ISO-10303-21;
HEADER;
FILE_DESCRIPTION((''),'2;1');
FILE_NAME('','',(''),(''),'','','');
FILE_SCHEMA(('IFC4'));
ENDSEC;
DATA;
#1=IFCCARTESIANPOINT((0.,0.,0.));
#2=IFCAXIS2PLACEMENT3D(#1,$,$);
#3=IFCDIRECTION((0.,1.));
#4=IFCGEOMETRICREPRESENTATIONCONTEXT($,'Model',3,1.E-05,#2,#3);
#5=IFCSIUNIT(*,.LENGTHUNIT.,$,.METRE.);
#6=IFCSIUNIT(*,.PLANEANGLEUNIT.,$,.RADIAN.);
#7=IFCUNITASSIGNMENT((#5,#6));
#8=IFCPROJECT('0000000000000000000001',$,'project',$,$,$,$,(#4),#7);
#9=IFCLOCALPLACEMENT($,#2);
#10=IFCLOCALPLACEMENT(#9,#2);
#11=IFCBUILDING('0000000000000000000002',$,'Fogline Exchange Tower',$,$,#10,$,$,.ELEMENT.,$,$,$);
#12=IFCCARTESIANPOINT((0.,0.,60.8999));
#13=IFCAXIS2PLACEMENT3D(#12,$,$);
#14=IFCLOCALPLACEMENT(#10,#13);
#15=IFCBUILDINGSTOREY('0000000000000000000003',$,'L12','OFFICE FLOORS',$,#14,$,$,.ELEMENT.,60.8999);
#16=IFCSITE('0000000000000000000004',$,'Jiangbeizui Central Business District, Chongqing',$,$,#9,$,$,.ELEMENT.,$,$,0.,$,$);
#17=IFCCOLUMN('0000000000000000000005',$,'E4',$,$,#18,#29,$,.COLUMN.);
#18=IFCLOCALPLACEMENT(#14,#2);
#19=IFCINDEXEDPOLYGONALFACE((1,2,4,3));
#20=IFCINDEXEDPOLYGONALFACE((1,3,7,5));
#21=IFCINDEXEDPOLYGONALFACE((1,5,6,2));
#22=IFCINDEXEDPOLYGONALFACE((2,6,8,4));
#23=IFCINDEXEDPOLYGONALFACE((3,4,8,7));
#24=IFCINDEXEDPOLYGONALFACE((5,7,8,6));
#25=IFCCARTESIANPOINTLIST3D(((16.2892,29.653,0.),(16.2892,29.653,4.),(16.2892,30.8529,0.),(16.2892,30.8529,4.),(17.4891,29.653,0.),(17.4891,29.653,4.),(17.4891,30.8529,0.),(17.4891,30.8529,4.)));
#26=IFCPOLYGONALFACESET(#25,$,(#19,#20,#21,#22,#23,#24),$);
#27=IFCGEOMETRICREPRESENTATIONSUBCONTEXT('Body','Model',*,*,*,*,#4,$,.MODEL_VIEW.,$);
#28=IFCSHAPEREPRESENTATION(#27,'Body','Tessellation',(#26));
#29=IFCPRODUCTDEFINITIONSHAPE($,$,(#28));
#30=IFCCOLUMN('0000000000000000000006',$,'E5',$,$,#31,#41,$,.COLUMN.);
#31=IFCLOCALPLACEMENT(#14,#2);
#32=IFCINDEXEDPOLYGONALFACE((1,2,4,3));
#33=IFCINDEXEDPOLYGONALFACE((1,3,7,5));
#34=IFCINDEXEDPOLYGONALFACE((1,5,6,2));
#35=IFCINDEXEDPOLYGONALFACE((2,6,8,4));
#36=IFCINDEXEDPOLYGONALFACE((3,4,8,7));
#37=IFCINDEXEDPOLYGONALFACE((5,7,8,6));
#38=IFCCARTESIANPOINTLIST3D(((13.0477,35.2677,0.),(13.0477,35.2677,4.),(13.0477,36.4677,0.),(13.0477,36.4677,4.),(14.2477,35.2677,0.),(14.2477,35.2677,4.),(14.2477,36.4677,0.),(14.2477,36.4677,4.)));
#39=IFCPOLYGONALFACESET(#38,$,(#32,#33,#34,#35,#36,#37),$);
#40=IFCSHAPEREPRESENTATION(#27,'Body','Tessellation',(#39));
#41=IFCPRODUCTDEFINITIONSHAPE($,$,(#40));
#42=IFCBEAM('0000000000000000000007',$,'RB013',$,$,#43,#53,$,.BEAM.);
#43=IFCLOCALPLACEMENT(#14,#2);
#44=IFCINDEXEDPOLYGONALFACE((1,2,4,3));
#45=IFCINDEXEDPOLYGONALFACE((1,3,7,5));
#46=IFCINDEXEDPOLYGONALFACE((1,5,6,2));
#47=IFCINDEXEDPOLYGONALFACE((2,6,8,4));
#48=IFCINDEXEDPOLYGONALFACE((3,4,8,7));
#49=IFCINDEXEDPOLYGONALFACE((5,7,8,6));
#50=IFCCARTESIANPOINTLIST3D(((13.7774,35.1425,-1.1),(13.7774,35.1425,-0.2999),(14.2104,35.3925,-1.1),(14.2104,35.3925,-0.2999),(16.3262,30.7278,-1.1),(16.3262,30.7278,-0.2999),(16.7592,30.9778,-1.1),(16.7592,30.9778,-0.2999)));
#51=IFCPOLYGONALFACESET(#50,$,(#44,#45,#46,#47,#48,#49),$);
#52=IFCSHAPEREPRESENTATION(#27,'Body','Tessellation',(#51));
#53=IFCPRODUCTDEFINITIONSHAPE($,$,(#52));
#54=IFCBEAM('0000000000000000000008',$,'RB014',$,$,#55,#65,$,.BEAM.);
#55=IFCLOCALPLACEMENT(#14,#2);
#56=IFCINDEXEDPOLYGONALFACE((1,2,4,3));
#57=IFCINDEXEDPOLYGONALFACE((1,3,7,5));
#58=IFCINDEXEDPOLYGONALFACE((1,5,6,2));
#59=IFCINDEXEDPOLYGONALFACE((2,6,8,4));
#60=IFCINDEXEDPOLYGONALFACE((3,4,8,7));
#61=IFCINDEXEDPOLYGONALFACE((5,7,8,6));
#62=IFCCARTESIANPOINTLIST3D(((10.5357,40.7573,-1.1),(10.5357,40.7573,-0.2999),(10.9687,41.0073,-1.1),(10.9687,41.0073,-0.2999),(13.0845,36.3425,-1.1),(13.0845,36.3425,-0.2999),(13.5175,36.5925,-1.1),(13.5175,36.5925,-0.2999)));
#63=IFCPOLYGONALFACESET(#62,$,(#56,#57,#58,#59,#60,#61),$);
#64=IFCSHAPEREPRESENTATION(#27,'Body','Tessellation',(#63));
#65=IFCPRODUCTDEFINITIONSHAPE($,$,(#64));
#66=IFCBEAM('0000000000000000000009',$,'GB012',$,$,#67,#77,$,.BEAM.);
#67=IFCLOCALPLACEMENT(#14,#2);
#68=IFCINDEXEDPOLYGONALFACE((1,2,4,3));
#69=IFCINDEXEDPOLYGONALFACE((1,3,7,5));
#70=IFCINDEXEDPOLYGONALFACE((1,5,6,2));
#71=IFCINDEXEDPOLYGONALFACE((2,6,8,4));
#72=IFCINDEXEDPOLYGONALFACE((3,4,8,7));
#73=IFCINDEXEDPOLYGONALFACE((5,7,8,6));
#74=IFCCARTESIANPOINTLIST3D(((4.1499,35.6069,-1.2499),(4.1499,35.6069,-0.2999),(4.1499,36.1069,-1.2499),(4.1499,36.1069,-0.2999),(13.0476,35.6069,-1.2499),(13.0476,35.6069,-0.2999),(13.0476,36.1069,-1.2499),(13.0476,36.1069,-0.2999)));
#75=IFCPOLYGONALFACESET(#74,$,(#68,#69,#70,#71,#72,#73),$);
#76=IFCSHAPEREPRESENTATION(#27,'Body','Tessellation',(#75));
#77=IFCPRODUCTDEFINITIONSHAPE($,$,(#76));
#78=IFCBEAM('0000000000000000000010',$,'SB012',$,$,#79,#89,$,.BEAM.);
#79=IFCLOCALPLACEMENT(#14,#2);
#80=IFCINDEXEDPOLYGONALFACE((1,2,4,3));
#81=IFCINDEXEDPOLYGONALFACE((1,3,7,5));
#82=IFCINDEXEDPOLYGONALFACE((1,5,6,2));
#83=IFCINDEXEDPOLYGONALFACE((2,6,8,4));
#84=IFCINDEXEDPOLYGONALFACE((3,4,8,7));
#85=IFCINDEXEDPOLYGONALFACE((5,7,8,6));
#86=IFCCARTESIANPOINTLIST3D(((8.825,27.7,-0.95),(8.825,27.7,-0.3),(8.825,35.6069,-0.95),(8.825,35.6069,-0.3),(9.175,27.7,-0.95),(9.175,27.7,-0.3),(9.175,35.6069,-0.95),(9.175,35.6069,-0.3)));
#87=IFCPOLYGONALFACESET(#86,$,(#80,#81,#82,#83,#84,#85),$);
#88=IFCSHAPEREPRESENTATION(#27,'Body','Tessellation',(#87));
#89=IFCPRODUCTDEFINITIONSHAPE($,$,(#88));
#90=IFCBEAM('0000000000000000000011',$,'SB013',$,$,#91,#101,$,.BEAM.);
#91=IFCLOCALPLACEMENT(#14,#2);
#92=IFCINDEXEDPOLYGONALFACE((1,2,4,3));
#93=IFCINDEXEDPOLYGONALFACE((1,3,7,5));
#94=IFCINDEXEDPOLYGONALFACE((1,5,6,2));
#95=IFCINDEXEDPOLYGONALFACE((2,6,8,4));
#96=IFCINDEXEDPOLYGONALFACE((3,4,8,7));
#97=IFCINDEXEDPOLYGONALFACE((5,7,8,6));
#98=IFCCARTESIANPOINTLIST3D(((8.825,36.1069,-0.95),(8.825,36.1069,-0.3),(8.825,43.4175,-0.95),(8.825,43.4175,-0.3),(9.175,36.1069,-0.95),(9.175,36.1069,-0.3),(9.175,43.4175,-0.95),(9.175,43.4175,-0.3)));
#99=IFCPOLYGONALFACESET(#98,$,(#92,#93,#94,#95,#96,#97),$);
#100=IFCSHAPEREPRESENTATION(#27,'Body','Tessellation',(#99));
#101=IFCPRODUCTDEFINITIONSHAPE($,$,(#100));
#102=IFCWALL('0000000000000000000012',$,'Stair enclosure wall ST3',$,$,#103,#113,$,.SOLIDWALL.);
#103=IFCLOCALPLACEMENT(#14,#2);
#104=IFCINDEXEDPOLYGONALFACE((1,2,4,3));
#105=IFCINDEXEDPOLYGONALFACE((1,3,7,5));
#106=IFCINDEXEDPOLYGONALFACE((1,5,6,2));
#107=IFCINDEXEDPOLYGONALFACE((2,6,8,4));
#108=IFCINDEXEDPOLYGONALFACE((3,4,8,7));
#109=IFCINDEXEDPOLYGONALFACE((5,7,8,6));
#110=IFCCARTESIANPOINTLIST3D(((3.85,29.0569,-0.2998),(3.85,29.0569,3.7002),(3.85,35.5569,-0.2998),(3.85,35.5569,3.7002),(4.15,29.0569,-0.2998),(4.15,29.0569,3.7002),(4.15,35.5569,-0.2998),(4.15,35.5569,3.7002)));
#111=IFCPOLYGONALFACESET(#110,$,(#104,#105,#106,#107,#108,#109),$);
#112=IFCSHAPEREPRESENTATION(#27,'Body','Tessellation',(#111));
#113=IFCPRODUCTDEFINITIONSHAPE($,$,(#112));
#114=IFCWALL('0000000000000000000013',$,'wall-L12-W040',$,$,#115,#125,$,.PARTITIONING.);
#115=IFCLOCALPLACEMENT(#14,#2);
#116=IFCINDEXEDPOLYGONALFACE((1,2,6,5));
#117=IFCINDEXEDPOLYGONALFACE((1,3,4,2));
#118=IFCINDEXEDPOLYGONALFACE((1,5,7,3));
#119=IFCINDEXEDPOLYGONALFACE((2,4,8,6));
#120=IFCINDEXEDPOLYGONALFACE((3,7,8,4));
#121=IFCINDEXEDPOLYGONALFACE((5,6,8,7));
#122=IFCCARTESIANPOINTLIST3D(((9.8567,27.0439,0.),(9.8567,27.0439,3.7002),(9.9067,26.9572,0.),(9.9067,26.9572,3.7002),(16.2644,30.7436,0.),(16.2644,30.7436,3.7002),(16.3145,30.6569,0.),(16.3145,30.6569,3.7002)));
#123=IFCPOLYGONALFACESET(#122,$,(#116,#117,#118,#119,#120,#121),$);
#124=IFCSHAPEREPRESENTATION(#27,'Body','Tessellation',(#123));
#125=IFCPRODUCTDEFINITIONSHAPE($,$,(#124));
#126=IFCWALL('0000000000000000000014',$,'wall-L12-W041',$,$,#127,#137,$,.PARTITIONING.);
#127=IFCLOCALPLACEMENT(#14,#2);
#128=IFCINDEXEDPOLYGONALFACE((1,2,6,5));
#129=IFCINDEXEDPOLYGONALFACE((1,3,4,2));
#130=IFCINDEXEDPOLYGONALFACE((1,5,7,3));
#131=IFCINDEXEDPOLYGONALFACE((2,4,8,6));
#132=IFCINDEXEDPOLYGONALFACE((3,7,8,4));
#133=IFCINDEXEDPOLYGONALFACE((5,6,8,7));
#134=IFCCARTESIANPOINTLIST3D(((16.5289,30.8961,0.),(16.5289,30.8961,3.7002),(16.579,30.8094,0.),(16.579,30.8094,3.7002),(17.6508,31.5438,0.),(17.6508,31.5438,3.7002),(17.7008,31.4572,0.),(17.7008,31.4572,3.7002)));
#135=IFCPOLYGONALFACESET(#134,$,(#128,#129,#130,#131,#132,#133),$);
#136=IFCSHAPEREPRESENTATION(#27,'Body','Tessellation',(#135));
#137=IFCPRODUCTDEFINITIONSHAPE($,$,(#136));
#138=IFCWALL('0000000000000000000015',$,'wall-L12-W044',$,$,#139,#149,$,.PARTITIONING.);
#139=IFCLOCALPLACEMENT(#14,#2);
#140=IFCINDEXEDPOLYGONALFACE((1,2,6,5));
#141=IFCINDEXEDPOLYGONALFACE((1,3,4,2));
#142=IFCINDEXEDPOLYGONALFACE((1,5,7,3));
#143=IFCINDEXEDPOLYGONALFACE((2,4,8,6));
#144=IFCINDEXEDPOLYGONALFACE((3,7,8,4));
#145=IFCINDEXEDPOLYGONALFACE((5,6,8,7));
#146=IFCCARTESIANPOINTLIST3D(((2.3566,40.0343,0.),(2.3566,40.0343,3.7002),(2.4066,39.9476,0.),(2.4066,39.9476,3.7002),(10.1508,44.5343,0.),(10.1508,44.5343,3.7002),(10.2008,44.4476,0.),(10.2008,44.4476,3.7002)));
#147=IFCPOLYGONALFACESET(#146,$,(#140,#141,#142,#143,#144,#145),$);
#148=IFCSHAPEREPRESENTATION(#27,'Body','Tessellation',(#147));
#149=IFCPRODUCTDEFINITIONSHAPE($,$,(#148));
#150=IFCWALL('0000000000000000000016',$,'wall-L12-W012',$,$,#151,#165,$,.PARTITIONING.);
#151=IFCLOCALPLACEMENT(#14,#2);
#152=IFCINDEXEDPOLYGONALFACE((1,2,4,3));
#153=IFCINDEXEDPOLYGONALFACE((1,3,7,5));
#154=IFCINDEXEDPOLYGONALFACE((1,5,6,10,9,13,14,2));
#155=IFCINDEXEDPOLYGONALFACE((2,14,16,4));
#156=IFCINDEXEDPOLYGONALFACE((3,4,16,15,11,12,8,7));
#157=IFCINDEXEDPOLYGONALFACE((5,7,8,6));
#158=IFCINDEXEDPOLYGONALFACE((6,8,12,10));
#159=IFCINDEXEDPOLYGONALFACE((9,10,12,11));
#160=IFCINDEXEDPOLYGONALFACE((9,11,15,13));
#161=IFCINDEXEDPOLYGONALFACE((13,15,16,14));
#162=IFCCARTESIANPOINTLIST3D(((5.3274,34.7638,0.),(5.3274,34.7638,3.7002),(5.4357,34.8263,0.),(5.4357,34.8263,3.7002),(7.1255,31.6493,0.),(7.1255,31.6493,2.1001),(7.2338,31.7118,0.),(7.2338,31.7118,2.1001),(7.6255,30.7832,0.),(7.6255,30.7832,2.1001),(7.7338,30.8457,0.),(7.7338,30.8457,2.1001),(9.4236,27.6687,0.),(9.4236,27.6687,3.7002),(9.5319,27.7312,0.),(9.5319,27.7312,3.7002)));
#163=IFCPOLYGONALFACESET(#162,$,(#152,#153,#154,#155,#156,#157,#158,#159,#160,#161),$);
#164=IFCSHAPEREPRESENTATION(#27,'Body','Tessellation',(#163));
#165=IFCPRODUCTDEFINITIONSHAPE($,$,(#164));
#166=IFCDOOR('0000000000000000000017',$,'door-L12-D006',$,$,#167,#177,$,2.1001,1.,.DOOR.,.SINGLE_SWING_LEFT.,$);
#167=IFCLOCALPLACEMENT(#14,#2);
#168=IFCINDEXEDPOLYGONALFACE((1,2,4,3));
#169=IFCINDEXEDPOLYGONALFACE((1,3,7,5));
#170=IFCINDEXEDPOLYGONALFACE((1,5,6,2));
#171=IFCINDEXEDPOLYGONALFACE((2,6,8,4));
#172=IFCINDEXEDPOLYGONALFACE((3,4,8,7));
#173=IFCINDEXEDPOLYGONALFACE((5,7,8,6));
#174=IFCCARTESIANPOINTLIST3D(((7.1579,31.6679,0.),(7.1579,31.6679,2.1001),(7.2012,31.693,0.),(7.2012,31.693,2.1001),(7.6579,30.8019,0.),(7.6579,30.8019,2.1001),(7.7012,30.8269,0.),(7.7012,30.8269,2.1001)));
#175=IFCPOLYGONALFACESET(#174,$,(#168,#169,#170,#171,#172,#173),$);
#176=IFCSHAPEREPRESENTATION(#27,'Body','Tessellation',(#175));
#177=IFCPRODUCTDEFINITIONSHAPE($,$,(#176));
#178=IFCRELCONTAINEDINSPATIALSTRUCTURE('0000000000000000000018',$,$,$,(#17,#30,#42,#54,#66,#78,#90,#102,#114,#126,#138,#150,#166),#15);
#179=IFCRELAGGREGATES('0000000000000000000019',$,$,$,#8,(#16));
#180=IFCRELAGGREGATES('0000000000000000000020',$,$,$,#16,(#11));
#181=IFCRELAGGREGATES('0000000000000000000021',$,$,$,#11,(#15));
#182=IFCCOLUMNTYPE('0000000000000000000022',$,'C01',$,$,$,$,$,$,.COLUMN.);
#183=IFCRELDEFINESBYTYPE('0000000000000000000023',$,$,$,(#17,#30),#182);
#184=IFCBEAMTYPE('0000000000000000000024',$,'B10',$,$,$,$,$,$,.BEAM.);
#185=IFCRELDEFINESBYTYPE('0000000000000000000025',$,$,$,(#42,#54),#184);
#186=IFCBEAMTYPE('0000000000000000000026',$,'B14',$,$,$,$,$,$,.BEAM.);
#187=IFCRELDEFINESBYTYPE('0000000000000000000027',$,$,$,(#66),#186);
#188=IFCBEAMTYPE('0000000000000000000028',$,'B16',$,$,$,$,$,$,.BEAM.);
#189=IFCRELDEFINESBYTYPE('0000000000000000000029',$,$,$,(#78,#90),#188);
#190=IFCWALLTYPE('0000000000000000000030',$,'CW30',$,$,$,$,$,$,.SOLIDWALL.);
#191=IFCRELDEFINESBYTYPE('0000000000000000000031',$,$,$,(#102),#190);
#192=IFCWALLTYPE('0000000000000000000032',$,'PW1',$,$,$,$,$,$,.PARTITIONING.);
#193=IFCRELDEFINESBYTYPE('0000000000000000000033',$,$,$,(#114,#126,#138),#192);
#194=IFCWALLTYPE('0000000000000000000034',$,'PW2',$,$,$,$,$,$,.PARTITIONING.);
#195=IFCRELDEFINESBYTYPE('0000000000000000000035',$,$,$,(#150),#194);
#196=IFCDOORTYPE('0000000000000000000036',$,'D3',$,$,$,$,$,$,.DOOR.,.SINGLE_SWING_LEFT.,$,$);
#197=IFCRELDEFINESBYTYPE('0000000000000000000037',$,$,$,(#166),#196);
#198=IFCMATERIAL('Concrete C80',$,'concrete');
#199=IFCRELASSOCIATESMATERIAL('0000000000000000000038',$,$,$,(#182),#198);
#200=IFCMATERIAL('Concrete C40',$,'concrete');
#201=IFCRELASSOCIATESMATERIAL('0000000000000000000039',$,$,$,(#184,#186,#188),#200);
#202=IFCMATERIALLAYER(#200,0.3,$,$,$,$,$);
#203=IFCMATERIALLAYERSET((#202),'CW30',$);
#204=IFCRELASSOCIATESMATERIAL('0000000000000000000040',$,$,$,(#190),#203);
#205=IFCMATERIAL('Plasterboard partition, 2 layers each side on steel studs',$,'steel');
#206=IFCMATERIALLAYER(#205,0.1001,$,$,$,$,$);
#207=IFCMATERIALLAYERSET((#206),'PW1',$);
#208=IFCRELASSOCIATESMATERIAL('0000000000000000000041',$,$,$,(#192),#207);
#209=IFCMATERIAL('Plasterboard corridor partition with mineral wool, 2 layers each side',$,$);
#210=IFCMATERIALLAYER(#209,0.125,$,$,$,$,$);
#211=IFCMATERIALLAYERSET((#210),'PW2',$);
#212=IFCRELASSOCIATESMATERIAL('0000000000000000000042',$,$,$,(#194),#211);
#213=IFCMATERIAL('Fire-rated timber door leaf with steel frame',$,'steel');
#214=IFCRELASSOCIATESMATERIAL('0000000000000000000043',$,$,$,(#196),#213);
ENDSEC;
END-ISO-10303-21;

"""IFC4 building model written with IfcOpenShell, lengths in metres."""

from ifc_helpers import new_model, si_unit, direction, frame, frame_2d, origin, origin_2d, place, context, subcontext, project, spatial, rectangle, extrude, material, layer, layer_set, material_profile, profile_set, type_object, element, fill, save


model = new_model("IFC4")

# Units and contexts
model_context = context("Model", 3, precision=1e-05, world=origin(), true_north=direction((0.0, 1.0)))
body_context = subcontext(model_context, "Body", "Model", "MODEL_VIEW")
ifc_project = project(units=[si_unit("LENGTHUNIT", "METRE"), si_unit("PLANEANGLEUNIT", "RADIAN")], contexts=[model_context])

# Site, building, storey
site_placement = place(None, origin())
site = spatial("IfcSite", under=ifc_project, at=site_placement, Name="Jiangbeizui Central Business District, Chongqing", CompositionType="ELEMENT", RefElevation=0.0)
building_placement = place(site_placement, origin())
building = spatial("IfcBuilding", under=site, at=building_placement, Name="Fogline Exchange Tower", CompositionType="ELEMENT")
storey_placement = place(building_placement, frame((0.0, 0.0, 60.8999)))
storey = spatial("IfcBuildingStorey", under=building, at=storey_placement, Name="L12", Description="OFFICE FLOORS", CompositionType="ELEMENT", Elevation=60.8999)

# Columns
ifc_material_1 = material(Name="Concrete C80", Category="concrete")
ifc_material_profile_1 = material_profile(ifc_material_1, rectangle(XDim=1.2, YDim=1.2, at=origin_2d()), Name="RC 1200x1200")
ifc_profile_set_1 = profile_set([ifc_material_profile_1], Name="Concrete C80")
column_type = type_object("IfcColumnType", Name="C01", PredefinedType="COLUMN", material=ifc_profile_set_1)
for number, where, z_axis, x_axis, name in (
    (1, (16.8892, 30.2529, 0.0), (0.0, 0.0, 1.0), (1.0, 0.0, 0.0), "E4"),
    (2, (13.6477, 35.8677, 0.0), (0.0, 0.0, 1.0), (1.0, 0.0, 0.0), "E5"),
):
    element("IfcColumn", number, at=place(storey_placement, frame(where, z_axis=z_axis, x_axis=x_axis)), inside=storey, type_object=column_type, Name=name, PredefinedType="COLUMN", context=body_context, shape_type="SweptSolid", body=[
        extrude(rectangle(XDim=1.2, YDim=1.2, at=origin_2d()), origin(), (0.0, 0.0, 1.0), 4.0),
    ])

# Beams
ifc_material_2 = material(Name="Concrete C40", Category="concrete")
ifc_material_profile_2 = material_profile(ifc_material_2, rectangle(XDim=0.5, YDim=0.8, at=origin_2d()), Name="RC 500x800")
ifc_profile_set_2 = profile_set([ifc_material_profile_2], Name="Concrete C40")
beam_type_1 = type_object("IfcBeamType", Name="B10", PredefinedType="BEAM", material=ifc_profile_set_2)
for number, where, z_axis, x_axis, name in (
    (3, (16.5427, 30.8528, -0.7), (-0.499992, 0.86603, 0.0), (-0.86603, -0.499992, 0.0), "RB013"),
    (4, (13.301, 36.4675, -0.7), (-0.499992, 0.86603, 0.0), (-0.86603, -0.499992, 0.0), "RB014"),
):
    element("IfcBeam", number, at=place(storey_placement, frame(where, z_axis=z_axis, x_axis=x_axis)), inside=storey, type_object=beam_type_1, Name=name, PredefinedType="BEAM", context=body_context, shape_type="SweptSolid", body=[
        extrude(rectangle(XDim=0.5, YDim=0.8, at=origin_2d()), origin(), (0.0, 0.0, 1.0), 5.0977),
    ])
ifc_material_profile_3 = material_profile(ifc_material_2, rectangle(XDim=0.5, YDim=0.95, at=origin_2d()), Name="RC 500x950")
ifc_profile_set_3 = profile_set([ifc_material_profile_3], Name="Concrete C40")
beam_type_2 = type_object("IfcBeamType", Name="B14", PredefinedType="BEAM", material=ifc_profile_set_3)
beam_1_placement = place(storey_placement, frame((4.1499, 35.8569, -0.7749), z_axis=(1.0, 0.0, 0.0), x_axis=(0.0, 1.0, 0.0)))
element("IfcBeam", 5, at=beam_1_placement, inside=storey, type_object=beam_type_2, Name="GB012", PredefinedType="BEAM", context=body_context, shape_type="SweptSolid", body=[
    extrude(rectangle(XDim=0.5, YDim=0.95, at=origin_2d()), origin(), (0.0, 0.0, 1.0), 8.8977),
])
ifc_material_profile_4 = material_profile(ifc_material_2, rectangle(XDim=0.3501, YDim=0.6499, at=origin_2d()), Name="RC 350x650")
ifc_profile_set_4 = profile_set([ifc_material_profile_4], Name="Concrete C40")
beam_type_3 = type_object("IfcBeamType", Name="B16", PredefinedType="BEAM", material=ifc_profile_set_4)
beam_2_placement = place(storey_placement, frame((9.0, 27.7, -0.625), z_axis=(0.0, 1.0, 0.0), x_axis=(-1.0, 0.0, 0.0)))
element("IfcBeam", 6, at=beam_2_placement, inside=storey, type_object=beam_type_3, Name="SB012", PredefinedType="BEAM", context=body_context, shape_type="SweptSolid", body=[
    extrude(rectangle(XDim=0.3501, YDim=0.6499, at=origin_2d()), origin(), (0.0, 0.0, 1.0), 7.907),
])
beam_3_placement = place(storey_placement, frame((9.0, 36.1069, -0.625), z_axis=(0.0, 1.0, 0.0), x_axis=(-1.0, 0.0, 0.0)))
element("IfcBeam", 7, at=beam_3_placement, inside=storey, type_object=beam_type_3, Name="SB013", PredefinedType="BEAM", context=body_context, shape_type="SweptSolid", body=[
    extrude(rectangle(XDim=0.3501, YDim=0.6499, at=origin_2d()), origin(), (0.0, 0.0, 1.0), 7.3105),
])

# Walls
ifc_layer_1 = layer(ifc_material_2, 0.3)
ifc_layer_set_1 = layer_set([ifc_layer_1], Name="CW30")
wall_type_1 = type_object("IfcWallType", Name="CW30", PredefinedType="SOLIDWALL", material=ifc_layer_set_1)
wall_1_placement = place(storey_placement, frame((4.0, 29.0569, -0.2998), z_axis=(0.0, 0.0, 1.0), x_axis=(0.0, 1.0, 0.0)))
element("IfcWall", 8, at=wall_1_placement, inside=storey, type_object=wall_type_1, Name="Stair enclosure wall ST3", PredefinedType="SOLIDWALL", context=body_context, shape_type="SweptSolid", body=[
    extrude(rectangle(XDim=6.5, YDim=0.3, at=frame_2d((3.25, 0.0))), origin(), (0.0, 0.0, 1.0), 4.0),
])
ifc_material_3 = material(Name="Plasterboard partition, 2 layers each side on steel studs", Category="steel")
ifc_layer_2 = layer(ifc_material_3, 0.1001)
ifc_layer_set_2 = layer_set([ifc_layer_2], Name="PW1")
wall_type_2 = type_object("IfcWallType", Name="PW1", PredefinedType="PARTITIONING", material=ifc_layer_set_2)
wall_2_placement = place(storey_placement, frame((9.8816, 27.0005, 0.0), z_axis=(0.0, 0.0, 1.0), x_axis=(0.866013, 0.500021, 0.0)))
element("IfcWall", 9, at=wall_2_placement, inside=storey, type_object=wall_type_2, Name="wall-L12-W040", PredefinedType="PARTITIONING", context=body_context, shape_type="SweptSolid", body=[
    extrude(rectangle(XDim=7.3992, YDim=0.1001, at=frame_2d((3.6997, 0.0))), origin(), (0.0, 0.0, 1.0), 3.7002),
])
wall_3_placement = place(storey_placement, frame((16.554, 30.8528, 0.0), z_axis=(0.0, 0.0, 1.0), x_axis=(0.866019, 0.500011, 0.0)))
element("IfcWall", 10, at=wall_3_placement, inside=storey, type_object=wall_type_2, Name="wall-L12-W041", PredefinedType="PARTITIONING", context=body_context, shape_type="SweptSolid", body=[
    extrude(rectangle(XDim=1.2954, YDim=0.1001, at=frame_2d((0.6477, 0.0))), origin(), (0.0, 0.0, 1.0), 3.7002),
])
wall_4_placement = place(storey_placement, frame((2.3816, 39.991, 0.0), z_axis=(0.0, 0.0, 1.0), x_axis=(0.866024, 0.500002, 0.0)))
element("IfcWall", 11, at=wall_4_placement, inside=storey, type_object=wall_type_2, Name="wall-L12-W044", PredefinedType="PARTITIONING", context=body_context, shape_type="SweptSolid", body=[
    extrude(rectangle(XDim=9.0, YDim=0.1001, at=frame_2d((4.5, 0.0))), origin(), (0.0, 0.0, 1.0), 3.7002),
])

# Wall, opening, door
ifc_material_4 = material(Name="Plasterboard corridor partition with mineral wool, 2 layers each side")
ifc_layer_3 = layer(ifc_material_4, 0.125)
ifc_layer_set_3 = layer_set([ifc_layer_3], Name="PW2")
wall_type_3 = type_object("IfcWallType", Name="PW2", PredefinedType="PARTITIONING", material=ifc_layer_set_3)
wall_5_placement = place(storey_placement, frame((5.3816, 34.7949, 0.0), z_axis=(0.0, 0.0, 1.0), x_axis=(0.499992, -0.86603, 0.0)))
wall_5 = element("IfcWall", 12, at=wall_5_placement, inside=storey, type_object=wall_type_3, Name="wall-L12-W012", PredefinedType="PARTITIONING", context=body_context, shape_type="SweptSolid", body=[
    extrude(rectangle(XDim=8.1926, YDim=0.125, at=frame_2d((4.0962, 0.0))), origin(), (0.0, 0.0, 1.0), 3.7002),
])
opening_1_placement = place(wall_5_placement, frame((3.5962, 0.0, 0.0)))
opening_1 = element("IfcOpeningElement", 13, at=opening_1_placement, cuts=wall_5, PredefinedType="OPENING", context=body_context, shape_type="SweptSolid", body=[
    extrude(rectangle(XDim=1.0, YDim=2.1001, at=frame_2d((0.5, 1.05))), frame((0.0, 0.0725, 0.0), z_axis=(0.0, -1.0, 0.0), x_axis=(1.0, 0.0, 0.0)), (0.0, 0.0, 1.0), 0.145),
])
ifc_material_5 = material(Name="Fire-rated timber door leaf with steel frame", Category="steel")
door_type = type_object("IfcDoorType", Name="D3", OperationType="SINGLE_SWING_LEFT", PredefinedType="DOOR", material=ifc_material_5)
door_1_placement = place(opening_1_placement, origin())
door_1 = element("IfcDoor", 14, at=door_1_placement, inside=storey, type_object=door_type, Name="door-L12-D006", OperationType="SINGLE_SWING_LEFT", OverallHeight=2.1001, OverallWidth=1.0, PredefinedType="DOOR", context=body_context, shape_type="SweptSolid", body=[
    extrude(rectangle(XDim=1.0, YDim=2.1001, at=frame_2d((0.5, 1.05))), frame((0.0, 0.0249, 0.0), z_axis=(0.0, -1.0, 0.0), x_axis=(1.0, 0.0, 0.0)), (0.0, 0.0, 1.0), 0.05),
])
fill(opening_1, door_1)

save(model, "model.ifc")
